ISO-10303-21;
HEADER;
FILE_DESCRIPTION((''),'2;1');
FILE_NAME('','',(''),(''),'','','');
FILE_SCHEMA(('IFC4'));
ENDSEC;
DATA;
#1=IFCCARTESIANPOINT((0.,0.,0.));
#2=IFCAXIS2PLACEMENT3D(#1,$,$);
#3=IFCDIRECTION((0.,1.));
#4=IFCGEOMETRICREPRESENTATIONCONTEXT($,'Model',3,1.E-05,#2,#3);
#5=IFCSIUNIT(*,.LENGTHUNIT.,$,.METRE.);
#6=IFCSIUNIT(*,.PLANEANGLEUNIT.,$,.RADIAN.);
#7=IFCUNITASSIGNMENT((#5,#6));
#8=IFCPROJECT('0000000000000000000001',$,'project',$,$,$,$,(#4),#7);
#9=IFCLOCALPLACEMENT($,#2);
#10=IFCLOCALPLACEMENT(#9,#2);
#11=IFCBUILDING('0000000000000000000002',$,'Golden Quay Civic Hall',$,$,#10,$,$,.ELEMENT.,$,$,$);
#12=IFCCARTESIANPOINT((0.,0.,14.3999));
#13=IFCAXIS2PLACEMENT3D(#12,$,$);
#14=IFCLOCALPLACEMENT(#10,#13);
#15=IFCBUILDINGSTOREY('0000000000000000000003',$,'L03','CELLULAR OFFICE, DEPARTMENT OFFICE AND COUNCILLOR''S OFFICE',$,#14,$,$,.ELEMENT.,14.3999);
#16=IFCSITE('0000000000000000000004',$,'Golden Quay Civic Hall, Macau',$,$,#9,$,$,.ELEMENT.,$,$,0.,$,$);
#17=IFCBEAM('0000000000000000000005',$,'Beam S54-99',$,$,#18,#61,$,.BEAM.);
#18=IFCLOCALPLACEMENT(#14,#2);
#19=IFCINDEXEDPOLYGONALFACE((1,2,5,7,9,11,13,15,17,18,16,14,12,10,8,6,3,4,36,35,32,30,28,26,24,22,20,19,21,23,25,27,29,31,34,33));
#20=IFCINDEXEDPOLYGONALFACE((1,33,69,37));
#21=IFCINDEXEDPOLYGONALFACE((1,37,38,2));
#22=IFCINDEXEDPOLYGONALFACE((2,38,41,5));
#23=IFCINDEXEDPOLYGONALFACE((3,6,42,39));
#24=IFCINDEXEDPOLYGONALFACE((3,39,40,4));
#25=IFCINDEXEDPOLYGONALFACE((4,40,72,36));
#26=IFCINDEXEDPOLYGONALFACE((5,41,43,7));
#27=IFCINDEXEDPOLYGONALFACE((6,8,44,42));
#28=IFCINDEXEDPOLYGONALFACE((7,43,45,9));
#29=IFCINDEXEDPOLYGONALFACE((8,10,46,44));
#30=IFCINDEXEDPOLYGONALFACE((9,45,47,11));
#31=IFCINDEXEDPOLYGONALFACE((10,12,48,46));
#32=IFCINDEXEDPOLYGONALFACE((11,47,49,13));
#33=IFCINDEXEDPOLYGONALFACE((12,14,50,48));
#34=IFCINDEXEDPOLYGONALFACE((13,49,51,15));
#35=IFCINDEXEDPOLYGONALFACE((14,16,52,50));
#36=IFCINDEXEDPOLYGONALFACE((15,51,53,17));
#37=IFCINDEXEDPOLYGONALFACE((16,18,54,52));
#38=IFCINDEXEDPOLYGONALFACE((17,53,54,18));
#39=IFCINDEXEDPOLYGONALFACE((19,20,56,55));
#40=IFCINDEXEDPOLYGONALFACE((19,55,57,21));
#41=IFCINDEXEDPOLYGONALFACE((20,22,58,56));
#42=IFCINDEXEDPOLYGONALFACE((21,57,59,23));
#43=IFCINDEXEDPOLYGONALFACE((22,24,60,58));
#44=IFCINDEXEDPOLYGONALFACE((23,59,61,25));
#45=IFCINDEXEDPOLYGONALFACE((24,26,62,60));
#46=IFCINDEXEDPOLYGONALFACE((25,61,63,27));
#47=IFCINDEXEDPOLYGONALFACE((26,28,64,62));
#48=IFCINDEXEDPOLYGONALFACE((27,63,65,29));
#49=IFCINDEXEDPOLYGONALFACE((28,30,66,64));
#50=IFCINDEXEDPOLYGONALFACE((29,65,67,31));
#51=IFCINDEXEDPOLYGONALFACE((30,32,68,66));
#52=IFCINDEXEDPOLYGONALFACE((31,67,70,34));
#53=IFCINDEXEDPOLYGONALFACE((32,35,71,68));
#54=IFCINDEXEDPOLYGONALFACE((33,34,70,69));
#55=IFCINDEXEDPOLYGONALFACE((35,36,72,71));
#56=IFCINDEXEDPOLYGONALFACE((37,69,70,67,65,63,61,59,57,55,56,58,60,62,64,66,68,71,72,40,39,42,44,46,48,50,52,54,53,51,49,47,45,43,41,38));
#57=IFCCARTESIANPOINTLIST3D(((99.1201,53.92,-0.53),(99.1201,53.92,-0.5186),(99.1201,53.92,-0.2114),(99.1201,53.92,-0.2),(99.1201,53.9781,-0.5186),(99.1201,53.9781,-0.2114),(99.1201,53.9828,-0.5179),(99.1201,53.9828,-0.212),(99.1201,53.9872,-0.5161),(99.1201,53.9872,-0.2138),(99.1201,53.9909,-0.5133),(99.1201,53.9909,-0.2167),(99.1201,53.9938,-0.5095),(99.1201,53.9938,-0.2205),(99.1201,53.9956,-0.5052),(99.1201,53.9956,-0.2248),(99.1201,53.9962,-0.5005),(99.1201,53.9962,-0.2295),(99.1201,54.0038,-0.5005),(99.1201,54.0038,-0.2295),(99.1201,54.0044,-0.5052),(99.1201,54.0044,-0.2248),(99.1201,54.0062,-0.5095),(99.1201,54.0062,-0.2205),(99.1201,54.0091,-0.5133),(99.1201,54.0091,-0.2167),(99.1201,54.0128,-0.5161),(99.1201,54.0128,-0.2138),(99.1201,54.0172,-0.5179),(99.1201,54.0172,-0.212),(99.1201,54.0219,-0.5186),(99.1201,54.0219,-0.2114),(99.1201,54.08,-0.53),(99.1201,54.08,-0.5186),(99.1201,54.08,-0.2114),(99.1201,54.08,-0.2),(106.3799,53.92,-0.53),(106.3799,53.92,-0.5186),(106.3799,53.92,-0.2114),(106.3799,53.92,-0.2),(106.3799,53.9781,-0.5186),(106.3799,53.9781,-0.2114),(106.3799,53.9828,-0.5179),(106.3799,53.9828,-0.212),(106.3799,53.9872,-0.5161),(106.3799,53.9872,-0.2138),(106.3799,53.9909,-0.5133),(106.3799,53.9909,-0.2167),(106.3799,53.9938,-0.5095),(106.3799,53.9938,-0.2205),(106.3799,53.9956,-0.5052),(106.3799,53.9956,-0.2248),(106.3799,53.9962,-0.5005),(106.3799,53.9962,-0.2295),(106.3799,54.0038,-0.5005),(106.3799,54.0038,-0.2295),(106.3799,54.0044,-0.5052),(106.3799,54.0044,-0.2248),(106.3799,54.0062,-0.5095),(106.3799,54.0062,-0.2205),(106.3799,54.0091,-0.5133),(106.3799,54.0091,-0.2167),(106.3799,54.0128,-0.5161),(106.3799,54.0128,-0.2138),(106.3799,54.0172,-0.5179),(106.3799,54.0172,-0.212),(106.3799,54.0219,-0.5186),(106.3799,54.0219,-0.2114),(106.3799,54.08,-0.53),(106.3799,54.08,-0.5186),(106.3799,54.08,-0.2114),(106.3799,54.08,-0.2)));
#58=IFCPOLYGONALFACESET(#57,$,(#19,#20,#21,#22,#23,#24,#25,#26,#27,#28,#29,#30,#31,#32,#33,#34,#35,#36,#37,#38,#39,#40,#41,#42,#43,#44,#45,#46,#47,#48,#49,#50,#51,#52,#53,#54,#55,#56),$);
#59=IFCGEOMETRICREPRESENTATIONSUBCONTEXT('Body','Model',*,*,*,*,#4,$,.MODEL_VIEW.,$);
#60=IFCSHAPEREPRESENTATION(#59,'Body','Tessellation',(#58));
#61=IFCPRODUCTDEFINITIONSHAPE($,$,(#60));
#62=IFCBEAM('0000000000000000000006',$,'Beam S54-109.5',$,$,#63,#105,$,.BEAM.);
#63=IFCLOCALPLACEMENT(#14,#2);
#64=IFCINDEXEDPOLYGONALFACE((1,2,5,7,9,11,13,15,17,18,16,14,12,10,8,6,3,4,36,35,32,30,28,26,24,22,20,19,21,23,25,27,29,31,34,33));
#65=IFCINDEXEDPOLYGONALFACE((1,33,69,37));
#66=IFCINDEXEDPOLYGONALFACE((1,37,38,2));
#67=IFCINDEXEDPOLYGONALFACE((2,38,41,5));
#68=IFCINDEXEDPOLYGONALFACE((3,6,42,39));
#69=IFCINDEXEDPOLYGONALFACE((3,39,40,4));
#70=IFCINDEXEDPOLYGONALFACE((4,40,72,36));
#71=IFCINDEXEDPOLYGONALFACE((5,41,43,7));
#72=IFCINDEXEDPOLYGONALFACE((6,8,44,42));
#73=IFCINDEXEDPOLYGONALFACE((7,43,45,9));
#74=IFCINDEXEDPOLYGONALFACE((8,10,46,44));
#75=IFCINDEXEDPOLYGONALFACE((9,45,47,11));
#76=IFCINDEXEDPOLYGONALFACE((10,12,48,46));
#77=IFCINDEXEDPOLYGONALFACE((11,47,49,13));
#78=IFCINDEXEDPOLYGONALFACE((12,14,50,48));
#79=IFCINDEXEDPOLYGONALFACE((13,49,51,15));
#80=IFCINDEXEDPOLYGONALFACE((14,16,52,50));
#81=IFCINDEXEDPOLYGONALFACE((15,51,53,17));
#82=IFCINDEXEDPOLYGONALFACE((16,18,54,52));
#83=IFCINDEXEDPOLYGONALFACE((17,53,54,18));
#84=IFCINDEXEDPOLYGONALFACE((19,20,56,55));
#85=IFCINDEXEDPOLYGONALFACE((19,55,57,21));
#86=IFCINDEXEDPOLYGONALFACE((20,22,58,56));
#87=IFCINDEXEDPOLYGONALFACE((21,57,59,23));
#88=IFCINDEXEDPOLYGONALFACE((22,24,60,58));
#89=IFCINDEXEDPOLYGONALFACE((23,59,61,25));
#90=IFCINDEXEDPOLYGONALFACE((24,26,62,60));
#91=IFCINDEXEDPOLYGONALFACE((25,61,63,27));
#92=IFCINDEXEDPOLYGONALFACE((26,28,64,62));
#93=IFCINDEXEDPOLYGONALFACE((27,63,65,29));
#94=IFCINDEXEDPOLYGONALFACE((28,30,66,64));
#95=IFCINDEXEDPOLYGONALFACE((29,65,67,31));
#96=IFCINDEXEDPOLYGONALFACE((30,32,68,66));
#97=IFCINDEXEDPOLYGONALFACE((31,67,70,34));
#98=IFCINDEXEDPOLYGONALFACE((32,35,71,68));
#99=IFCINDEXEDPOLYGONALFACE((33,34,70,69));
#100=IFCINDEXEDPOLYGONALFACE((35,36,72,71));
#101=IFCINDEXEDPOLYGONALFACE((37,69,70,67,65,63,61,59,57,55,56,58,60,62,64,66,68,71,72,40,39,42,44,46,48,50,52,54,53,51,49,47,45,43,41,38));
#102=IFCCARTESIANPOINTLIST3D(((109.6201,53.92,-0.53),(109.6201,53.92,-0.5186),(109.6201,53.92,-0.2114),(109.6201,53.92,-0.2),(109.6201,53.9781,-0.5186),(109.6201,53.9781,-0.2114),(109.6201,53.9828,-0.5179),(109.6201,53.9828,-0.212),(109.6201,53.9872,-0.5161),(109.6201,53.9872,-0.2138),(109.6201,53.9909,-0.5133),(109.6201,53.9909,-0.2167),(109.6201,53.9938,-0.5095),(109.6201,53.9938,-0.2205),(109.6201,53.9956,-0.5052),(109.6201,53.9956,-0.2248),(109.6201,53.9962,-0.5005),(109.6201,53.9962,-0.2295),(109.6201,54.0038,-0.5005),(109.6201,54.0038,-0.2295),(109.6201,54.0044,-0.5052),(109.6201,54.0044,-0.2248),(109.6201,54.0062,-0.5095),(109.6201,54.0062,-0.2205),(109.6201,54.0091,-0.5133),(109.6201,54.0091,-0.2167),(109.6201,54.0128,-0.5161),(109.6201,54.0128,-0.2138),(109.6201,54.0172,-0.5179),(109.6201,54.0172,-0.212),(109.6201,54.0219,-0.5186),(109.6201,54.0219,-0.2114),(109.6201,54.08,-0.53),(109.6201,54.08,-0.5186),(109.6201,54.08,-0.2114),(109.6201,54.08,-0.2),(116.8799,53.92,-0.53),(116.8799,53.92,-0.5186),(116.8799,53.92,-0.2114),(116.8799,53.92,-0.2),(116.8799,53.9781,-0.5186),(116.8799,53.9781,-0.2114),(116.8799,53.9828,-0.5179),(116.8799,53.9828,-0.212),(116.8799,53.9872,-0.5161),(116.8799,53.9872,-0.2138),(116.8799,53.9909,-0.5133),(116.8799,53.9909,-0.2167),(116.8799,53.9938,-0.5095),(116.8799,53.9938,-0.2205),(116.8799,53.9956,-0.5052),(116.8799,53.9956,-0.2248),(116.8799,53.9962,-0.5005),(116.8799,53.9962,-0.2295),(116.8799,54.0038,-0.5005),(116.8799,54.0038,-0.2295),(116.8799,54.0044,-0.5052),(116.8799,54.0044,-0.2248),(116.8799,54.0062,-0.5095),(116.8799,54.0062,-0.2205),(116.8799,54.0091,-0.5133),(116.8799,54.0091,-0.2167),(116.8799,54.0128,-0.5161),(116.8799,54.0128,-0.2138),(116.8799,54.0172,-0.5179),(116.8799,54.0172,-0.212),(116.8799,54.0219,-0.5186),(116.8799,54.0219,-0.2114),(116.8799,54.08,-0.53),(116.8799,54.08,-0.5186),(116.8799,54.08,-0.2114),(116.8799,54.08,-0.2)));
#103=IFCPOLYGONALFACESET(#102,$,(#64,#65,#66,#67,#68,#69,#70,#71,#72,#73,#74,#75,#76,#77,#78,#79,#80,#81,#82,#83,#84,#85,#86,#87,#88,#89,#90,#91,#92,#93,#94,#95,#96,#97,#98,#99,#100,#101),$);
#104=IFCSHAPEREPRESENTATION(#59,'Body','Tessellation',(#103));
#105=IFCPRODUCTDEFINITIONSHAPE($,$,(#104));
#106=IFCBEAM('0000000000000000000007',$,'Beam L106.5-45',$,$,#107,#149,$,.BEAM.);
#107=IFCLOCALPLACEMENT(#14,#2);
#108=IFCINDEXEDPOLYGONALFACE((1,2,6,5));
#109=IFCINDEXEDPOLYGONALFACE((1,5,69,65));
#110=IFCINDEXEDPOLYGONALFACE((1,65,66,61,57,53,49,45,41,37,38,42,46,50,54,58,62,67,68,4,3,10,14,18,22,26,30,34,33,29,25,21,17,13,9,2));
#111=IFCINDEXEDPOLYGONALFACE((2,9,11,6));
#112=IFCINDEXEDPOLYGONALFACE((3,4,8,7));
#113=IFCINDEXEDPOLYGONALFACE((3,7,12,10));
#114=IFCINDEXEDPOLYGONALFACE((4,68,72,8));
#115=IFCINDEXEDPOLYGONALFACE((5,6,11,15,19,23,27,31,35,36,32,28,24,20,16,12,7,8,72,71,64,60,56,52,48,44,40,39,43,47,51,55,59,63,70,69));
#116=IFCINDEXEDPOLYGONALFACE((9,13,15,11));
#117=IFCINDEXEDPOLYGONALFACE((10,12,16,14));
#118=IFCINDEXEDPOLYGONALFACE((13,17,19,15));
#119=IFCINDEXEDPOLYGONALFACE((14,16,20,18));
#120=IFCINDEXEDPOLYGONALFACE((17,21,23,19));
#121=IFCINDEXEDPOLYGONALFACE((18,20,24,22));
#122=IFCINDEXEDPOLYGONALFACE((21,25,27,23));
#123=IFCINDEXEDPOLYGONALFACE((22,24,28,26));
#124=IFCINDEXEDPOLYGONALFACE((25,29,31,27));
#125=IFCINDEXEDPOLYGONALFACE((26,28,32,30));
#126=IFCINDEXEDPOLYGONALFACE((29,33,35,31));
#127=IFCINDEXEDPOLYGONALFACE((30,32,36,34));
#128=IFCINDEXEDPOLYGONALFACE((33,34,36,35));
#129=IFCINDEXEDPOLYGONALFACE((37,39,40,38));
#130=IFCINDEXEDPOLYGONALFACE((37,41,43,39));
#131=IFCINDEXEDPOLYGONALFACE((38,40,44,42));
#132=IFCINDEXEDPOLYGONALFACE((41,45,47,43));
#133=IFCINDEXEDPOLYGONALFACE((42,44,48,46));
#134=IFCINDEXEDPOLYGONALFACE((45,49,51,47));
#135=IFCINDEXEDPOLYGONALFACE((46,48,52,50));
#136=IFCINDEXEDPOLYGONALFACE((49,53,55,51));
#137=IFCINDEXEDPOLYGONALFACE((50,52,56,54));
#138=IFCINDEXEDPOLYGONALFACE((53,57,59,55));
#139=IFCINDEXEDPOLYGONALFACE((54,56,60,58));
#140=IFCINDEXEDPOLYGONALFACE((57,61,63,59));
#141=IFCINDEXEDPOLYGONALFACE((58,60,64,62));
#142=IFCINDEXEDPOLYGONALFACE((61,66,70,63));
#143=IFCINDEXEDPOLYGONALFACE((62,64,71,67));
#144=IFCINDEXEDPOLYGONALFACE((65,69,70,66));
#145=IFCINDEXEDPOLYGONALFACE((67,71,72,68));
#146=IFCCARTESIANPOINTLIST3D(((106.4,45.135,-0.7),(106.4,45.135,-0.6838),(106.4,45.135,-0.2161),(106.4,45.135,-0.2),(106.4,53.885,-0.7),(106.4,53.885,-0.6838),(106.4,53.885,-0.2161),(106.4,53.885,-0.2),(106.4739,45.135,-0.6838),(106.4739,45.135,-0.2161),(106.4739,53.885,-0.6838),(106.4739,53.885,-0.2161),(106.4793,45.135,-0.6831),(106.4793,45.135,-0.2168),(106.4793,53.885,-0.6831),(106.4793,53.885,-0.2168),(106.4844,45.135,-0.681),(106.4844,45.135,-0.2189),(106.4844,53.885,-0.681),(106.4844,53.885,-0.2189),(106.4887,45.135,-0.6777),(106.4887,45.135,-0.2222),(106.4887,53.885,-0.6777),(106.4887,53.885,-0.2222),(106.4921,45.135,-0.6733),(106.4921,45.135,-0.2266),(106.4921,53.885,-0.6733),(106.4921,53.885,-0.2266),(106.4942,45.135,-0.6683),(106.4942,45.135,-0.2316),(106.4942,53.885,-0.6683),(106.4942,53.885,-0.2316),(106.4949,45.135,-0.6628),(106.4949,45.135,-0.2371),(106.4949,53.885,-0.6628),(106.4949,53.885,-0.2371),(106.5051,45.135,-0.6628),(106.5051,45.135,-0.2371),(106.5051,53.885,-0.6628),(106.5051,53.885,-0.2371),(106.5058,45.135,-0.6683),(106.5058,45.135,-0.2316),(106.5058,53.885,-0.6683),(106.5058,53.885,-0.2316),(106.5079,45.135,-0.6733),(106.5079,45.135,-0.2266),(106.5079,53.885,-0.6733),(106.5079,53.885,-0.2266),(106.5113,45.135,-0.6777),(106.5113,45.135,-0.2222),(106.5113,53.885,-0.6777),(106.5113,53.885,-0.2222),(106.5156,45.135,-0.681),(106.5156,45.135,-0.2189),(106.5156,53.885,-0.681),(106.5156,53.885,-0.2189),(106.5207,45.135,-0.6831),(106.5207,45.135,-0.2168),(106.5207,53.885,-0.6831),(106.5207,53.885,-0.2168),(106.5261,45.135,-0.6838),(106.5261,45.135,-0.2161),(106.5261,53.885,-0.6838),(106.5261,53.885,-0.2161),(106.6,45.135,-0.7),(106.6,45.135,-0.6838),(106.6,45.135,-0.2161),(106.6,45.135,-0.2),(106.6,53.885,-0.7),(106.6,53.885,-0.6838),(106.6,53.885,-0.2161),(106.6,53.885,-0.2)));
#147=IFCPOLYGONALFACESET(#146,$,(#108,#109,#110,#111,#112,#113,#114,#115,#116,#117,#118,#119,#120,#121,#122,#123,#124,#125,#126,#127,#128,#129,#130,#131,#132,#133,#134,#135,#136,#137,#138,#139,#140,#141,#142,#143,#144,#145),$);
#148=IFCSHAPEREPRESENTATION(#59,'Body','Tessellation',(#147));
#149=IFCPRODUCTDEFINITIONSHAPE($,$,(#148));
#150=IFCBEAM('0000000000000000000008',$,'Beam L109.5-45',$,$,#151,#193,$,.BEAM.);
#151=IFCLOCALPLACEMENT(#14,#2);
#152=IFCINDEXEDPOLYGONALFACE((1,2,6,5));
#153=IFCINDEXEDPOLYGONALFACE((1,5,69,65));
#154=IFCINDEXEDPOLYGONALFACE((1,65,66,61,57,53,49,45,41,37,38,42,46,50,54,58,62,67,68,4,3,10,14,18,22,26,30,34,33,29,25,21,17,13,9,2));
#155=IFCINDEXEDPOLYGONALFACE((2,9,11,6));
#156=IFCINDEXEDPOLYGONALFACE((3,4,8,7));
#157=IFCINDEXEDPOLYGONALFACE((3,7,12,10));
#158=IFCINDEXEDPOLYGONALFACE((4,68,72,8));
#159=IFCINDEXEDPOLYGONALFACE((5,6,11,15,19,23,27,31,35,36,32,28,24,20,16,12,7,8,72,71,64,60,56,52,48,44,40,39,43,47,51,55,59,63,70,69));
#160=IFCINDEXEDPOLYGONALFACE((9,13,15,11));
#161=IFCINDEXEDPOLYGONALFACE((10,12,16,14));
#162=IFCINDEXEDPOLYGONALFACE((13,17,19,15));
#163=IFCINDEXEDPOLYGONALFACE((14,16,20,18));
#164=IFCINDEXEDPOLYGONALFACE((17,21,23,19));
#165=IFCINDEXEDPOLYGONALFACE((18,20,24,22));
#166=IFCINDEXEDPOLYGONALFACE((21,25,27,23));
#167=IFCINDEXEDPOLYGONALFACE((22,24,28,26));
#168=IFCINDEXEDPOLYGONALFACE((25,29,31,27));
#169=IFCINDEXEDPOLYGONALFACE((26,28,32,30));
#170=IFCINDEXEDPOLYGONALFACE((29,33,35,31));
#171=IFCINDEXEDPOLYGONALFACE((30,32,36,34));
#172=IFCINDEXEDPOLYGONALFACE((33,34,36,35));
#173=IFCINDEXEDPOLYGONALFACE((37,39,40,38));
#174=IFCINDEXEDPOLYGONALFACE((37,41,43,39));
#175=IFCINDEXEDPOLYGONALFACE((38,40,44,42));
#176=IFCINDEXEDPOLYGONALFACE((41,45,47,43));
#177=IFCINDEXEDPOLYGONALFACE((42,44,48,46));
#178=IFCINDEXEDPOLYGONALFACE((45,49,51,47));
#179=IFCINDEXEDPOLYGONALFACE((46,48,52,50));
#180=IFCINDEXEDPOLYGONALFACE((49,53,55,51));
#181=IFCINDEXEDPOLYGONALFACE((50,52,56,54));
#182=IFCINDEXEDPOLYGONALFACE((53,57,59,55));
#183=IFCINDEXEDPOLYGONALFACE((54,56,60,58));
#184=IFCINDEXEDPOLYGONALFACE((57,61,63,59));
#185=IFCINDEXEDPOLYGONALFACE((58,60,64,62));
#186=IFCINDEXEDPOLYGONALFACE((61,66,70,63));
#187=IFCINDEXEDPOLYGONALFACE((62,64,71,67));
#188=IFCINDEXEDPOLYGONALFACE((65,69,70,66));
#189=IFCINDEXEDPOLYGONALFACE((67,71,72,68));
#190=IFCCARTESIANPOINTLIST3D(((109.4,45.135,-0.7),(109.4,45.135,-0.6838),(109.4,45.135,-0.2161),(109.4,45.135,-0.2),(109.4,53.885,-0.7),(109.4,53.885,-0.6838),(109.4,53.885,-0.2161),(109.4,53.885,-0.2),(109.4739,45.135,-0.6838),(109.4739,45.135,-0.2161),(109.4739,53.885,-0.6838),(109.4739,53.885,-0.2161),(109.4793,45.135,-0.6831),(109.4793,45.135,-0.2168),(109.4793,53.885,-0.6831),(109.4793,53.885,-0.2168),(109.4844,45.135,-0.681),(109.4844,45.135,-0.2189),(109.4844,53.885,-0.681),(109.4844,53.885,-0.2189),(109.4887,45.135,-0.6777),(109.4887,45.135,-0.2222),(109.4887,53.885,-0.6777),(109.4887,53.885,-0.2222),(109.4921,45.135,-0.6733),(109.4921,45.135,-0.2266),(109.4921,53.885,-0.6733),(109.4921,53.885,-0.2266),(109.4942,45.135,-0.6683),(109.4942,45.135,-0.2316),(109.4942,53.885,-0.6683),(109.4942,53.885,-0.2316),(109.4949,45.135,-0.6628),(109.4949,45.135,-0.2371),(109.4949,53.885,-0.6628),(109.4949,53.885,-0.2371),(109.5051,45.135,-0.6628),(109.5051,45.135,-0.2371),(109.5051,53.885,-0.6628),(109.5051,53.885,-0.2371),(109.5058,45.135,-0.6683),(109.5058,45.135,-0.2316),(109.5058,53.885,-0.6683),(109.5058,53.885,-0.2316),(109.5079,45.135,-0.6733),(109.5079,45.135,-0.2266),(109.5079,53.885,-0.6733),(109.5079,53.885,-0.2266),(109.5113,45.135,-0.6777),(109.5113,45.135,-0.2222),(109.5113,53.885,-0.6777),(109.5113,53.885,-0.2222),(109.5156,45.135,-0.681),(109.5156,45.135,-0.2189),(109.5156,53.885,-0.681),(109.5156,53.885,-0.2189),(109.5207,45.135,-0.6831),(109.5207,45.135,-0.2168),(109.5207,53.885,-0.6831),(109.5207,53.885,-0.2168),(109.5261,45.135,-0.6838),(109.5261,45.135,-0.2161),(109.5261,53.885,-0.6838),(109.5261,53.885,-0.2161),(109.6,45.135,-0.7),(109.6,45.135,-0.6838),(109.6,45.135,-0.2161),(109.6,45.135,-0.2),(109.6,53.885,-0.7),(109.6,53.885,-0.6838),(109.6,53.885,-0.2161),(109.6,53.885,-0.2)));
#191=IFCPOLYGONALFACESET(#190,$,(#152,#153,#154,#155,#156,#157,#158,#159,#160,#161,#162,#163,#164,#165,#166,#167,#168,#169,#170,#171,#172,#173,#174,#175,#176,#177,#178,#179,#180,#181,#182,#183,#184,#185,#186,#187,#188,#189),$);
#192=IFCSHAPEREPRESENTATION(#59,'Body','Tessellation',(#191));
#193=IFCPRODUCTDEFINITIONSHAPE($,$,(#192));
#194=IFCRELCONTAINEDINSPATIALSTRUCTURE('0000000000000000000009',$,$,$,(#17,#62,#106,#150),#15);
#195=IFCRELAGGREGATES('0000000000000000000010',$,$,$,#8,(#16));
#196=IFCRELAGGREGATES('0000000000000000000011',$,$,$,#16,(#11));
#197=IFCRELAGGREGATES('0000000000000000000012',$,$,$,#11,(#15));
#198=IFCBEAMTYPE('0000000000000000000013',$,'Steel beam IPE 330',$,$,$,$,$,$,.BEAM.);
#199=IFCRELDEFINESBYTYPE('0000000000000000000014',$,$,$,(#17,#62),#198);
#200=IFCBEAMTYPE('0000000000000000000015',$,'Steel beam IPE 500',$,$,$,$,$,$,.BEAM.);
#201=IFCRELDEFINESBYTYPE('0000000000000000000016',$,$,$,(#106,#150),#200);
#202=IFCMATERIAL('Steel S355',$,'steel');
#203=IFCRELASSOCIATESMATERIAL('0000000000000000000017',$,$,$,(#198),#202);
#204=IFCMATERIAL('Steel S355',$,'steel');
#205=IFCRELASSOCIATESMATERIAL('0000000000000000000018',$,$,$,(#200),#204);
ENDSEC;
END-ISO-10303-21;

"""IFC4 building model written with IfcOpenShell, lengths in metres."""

from ifc_helpers import new_model, si_unit, direction, frame, origin, origin_2d, place, context, subcontext, project, spatial, i_section, extrude, material, material_profile, profile_set, type_object, element, save


model = new_model("IFC4")

# Units and contexts
model_context = context("Model", 3, precision=1e-05, world=origin(), true_north=direction((0.0, 1.0)))
body_context = subcontext(model_context, "Body", "Model", "MODEL_VIEW")
ifc_project = project(units=[si_unit("LENGTHUNIT", "METRE"), si_unit("PLANEANGLEUNIT", "RADIAN")], contexts=[model_context])

# Site, building, storey
site_placement = place(None, origin())
site = spatial("IfcSite", under=ifc_project, at=site_placement, Name="Golden Quay Civic Hall, Macau", CompositionType="ELEMENT", RefElevation=0.0)
building_placement = place(site_placement, origin())
building = spatial("IfcBuilding", under=site, at=building_placement, Name="Golden Quay Civic Hall", CompositionType="ELEMENT")
storey_placement = place(building_placement, frame((0.0, 0.0, 14.3999)))
storey = spatial("IfcBuildingStorey", under=building, at=storey_placement, Name="L03", Description="CELLULAR OFFICE, DEPARTMENT OFFICE AND COUNCILLOR'S OFFICE", CompositionType="ELEMENT", Elevation=14.3999)

# Beams
ifc_material_1 = material(Name="Steel S355", Category="steel")
ifc_material_profile_1 = material_profile(ifc_material_1, i_section(OverallWidth=0.1599, OverallDepth=0.3301, WebThickness=0.0076, FlangeThickness=0.0115, FilletRadius=0.0181, at=origin_2d()), Name="IPE 330")
ifc_profile_set_1 = profile_set([ifc_material_profile_1], Name="Steel S355")
beam_type_1 = type_object("IfcBeamType", Name="Steel beam IPE 330", PredefinedType="BEAM", material=ifc_profile_set_1)
for number, where, z_axis, x_axis, name in (
    (1, (99.1201, 54.0, -0.365), (1.0, 0.0, 0.0), (0.0, 1.0, 0.0), "Beam S54-99"),
    (2, (109.6201, 54.0, -0.365), (1.0, 0.0, 0.0), (0.0, 1.0, 0.0), "Beam S54-109.5"),
):
    element("IfcBeam", number, at=place(storey_placement, frame(where, z_axis=z_axis, x_axis=x_axis)), inside=storey, type_object=beam_type_1, Name=name, PredefinedType="BEAM", context=body_context, shape_type="SweptSolid", body=[
        extrude(i_section(OverallWidth=0.1599, OverallDepth=0.3301, WebThickness=0.0076, FlangeThickness=0.0115, FilletRadius=0.0181, at=origin_2d()), origin(), (0.0, 0.0, 1.0), 7.2598),
    ])
ifc_material_2 = material(Name="Steel S355", Category="steel")
ifc_material_profile_2 = material_profile(ifc_material_2, i_section(OverallWidth=0.2, OverallDepth=0.5, WebThickness=0.0103, FlangeThickness=0.0161, FilletRadius=0.021, at=origin_2d()), Name="IPE 500")
ifc_profile_set_2 = profile_set([ifc_material_profile_2], Name="Steel S355")
beam_type_2 = type_object("IfcBeamType", Name="Steel beam IPE 500", PredefinedType="BEAM", material=ifc_profile_set_2)
for number, where, z_axis, x_axis, name in (
    (3, (106.5, 45.135, -0.45), (0.0, 1.0, 0.0), (-1.0, 0.0, 0.0), "Beam L106.5-45"),
    (4, (109.5, 45.135, -0.45), (0.0, 1.0, 0.0), (-1.0, 0.0, 0.0), "Beam L109.5-45"),
):
    element("IfcBeam", number, at=place(storey_placement, frame(where, z_axis=z_axis, x_axis=x_axis)), inside=storey, type_object=beam_type_2, Name=name, PredefinedType="BEAM", context=body_context, shape_type="SweptSolid", body=[
        extrude(i_section(OverallWidth=0.2, OverallDepth=0.5, WebThickness=0.0103, FlangeThickness=0.0161, FilletRadius=0.021, at=origin_2d()), origin(), (0.0, 0.0, 1.0), 8.75),
    ])

save(model, "model.ifc")
